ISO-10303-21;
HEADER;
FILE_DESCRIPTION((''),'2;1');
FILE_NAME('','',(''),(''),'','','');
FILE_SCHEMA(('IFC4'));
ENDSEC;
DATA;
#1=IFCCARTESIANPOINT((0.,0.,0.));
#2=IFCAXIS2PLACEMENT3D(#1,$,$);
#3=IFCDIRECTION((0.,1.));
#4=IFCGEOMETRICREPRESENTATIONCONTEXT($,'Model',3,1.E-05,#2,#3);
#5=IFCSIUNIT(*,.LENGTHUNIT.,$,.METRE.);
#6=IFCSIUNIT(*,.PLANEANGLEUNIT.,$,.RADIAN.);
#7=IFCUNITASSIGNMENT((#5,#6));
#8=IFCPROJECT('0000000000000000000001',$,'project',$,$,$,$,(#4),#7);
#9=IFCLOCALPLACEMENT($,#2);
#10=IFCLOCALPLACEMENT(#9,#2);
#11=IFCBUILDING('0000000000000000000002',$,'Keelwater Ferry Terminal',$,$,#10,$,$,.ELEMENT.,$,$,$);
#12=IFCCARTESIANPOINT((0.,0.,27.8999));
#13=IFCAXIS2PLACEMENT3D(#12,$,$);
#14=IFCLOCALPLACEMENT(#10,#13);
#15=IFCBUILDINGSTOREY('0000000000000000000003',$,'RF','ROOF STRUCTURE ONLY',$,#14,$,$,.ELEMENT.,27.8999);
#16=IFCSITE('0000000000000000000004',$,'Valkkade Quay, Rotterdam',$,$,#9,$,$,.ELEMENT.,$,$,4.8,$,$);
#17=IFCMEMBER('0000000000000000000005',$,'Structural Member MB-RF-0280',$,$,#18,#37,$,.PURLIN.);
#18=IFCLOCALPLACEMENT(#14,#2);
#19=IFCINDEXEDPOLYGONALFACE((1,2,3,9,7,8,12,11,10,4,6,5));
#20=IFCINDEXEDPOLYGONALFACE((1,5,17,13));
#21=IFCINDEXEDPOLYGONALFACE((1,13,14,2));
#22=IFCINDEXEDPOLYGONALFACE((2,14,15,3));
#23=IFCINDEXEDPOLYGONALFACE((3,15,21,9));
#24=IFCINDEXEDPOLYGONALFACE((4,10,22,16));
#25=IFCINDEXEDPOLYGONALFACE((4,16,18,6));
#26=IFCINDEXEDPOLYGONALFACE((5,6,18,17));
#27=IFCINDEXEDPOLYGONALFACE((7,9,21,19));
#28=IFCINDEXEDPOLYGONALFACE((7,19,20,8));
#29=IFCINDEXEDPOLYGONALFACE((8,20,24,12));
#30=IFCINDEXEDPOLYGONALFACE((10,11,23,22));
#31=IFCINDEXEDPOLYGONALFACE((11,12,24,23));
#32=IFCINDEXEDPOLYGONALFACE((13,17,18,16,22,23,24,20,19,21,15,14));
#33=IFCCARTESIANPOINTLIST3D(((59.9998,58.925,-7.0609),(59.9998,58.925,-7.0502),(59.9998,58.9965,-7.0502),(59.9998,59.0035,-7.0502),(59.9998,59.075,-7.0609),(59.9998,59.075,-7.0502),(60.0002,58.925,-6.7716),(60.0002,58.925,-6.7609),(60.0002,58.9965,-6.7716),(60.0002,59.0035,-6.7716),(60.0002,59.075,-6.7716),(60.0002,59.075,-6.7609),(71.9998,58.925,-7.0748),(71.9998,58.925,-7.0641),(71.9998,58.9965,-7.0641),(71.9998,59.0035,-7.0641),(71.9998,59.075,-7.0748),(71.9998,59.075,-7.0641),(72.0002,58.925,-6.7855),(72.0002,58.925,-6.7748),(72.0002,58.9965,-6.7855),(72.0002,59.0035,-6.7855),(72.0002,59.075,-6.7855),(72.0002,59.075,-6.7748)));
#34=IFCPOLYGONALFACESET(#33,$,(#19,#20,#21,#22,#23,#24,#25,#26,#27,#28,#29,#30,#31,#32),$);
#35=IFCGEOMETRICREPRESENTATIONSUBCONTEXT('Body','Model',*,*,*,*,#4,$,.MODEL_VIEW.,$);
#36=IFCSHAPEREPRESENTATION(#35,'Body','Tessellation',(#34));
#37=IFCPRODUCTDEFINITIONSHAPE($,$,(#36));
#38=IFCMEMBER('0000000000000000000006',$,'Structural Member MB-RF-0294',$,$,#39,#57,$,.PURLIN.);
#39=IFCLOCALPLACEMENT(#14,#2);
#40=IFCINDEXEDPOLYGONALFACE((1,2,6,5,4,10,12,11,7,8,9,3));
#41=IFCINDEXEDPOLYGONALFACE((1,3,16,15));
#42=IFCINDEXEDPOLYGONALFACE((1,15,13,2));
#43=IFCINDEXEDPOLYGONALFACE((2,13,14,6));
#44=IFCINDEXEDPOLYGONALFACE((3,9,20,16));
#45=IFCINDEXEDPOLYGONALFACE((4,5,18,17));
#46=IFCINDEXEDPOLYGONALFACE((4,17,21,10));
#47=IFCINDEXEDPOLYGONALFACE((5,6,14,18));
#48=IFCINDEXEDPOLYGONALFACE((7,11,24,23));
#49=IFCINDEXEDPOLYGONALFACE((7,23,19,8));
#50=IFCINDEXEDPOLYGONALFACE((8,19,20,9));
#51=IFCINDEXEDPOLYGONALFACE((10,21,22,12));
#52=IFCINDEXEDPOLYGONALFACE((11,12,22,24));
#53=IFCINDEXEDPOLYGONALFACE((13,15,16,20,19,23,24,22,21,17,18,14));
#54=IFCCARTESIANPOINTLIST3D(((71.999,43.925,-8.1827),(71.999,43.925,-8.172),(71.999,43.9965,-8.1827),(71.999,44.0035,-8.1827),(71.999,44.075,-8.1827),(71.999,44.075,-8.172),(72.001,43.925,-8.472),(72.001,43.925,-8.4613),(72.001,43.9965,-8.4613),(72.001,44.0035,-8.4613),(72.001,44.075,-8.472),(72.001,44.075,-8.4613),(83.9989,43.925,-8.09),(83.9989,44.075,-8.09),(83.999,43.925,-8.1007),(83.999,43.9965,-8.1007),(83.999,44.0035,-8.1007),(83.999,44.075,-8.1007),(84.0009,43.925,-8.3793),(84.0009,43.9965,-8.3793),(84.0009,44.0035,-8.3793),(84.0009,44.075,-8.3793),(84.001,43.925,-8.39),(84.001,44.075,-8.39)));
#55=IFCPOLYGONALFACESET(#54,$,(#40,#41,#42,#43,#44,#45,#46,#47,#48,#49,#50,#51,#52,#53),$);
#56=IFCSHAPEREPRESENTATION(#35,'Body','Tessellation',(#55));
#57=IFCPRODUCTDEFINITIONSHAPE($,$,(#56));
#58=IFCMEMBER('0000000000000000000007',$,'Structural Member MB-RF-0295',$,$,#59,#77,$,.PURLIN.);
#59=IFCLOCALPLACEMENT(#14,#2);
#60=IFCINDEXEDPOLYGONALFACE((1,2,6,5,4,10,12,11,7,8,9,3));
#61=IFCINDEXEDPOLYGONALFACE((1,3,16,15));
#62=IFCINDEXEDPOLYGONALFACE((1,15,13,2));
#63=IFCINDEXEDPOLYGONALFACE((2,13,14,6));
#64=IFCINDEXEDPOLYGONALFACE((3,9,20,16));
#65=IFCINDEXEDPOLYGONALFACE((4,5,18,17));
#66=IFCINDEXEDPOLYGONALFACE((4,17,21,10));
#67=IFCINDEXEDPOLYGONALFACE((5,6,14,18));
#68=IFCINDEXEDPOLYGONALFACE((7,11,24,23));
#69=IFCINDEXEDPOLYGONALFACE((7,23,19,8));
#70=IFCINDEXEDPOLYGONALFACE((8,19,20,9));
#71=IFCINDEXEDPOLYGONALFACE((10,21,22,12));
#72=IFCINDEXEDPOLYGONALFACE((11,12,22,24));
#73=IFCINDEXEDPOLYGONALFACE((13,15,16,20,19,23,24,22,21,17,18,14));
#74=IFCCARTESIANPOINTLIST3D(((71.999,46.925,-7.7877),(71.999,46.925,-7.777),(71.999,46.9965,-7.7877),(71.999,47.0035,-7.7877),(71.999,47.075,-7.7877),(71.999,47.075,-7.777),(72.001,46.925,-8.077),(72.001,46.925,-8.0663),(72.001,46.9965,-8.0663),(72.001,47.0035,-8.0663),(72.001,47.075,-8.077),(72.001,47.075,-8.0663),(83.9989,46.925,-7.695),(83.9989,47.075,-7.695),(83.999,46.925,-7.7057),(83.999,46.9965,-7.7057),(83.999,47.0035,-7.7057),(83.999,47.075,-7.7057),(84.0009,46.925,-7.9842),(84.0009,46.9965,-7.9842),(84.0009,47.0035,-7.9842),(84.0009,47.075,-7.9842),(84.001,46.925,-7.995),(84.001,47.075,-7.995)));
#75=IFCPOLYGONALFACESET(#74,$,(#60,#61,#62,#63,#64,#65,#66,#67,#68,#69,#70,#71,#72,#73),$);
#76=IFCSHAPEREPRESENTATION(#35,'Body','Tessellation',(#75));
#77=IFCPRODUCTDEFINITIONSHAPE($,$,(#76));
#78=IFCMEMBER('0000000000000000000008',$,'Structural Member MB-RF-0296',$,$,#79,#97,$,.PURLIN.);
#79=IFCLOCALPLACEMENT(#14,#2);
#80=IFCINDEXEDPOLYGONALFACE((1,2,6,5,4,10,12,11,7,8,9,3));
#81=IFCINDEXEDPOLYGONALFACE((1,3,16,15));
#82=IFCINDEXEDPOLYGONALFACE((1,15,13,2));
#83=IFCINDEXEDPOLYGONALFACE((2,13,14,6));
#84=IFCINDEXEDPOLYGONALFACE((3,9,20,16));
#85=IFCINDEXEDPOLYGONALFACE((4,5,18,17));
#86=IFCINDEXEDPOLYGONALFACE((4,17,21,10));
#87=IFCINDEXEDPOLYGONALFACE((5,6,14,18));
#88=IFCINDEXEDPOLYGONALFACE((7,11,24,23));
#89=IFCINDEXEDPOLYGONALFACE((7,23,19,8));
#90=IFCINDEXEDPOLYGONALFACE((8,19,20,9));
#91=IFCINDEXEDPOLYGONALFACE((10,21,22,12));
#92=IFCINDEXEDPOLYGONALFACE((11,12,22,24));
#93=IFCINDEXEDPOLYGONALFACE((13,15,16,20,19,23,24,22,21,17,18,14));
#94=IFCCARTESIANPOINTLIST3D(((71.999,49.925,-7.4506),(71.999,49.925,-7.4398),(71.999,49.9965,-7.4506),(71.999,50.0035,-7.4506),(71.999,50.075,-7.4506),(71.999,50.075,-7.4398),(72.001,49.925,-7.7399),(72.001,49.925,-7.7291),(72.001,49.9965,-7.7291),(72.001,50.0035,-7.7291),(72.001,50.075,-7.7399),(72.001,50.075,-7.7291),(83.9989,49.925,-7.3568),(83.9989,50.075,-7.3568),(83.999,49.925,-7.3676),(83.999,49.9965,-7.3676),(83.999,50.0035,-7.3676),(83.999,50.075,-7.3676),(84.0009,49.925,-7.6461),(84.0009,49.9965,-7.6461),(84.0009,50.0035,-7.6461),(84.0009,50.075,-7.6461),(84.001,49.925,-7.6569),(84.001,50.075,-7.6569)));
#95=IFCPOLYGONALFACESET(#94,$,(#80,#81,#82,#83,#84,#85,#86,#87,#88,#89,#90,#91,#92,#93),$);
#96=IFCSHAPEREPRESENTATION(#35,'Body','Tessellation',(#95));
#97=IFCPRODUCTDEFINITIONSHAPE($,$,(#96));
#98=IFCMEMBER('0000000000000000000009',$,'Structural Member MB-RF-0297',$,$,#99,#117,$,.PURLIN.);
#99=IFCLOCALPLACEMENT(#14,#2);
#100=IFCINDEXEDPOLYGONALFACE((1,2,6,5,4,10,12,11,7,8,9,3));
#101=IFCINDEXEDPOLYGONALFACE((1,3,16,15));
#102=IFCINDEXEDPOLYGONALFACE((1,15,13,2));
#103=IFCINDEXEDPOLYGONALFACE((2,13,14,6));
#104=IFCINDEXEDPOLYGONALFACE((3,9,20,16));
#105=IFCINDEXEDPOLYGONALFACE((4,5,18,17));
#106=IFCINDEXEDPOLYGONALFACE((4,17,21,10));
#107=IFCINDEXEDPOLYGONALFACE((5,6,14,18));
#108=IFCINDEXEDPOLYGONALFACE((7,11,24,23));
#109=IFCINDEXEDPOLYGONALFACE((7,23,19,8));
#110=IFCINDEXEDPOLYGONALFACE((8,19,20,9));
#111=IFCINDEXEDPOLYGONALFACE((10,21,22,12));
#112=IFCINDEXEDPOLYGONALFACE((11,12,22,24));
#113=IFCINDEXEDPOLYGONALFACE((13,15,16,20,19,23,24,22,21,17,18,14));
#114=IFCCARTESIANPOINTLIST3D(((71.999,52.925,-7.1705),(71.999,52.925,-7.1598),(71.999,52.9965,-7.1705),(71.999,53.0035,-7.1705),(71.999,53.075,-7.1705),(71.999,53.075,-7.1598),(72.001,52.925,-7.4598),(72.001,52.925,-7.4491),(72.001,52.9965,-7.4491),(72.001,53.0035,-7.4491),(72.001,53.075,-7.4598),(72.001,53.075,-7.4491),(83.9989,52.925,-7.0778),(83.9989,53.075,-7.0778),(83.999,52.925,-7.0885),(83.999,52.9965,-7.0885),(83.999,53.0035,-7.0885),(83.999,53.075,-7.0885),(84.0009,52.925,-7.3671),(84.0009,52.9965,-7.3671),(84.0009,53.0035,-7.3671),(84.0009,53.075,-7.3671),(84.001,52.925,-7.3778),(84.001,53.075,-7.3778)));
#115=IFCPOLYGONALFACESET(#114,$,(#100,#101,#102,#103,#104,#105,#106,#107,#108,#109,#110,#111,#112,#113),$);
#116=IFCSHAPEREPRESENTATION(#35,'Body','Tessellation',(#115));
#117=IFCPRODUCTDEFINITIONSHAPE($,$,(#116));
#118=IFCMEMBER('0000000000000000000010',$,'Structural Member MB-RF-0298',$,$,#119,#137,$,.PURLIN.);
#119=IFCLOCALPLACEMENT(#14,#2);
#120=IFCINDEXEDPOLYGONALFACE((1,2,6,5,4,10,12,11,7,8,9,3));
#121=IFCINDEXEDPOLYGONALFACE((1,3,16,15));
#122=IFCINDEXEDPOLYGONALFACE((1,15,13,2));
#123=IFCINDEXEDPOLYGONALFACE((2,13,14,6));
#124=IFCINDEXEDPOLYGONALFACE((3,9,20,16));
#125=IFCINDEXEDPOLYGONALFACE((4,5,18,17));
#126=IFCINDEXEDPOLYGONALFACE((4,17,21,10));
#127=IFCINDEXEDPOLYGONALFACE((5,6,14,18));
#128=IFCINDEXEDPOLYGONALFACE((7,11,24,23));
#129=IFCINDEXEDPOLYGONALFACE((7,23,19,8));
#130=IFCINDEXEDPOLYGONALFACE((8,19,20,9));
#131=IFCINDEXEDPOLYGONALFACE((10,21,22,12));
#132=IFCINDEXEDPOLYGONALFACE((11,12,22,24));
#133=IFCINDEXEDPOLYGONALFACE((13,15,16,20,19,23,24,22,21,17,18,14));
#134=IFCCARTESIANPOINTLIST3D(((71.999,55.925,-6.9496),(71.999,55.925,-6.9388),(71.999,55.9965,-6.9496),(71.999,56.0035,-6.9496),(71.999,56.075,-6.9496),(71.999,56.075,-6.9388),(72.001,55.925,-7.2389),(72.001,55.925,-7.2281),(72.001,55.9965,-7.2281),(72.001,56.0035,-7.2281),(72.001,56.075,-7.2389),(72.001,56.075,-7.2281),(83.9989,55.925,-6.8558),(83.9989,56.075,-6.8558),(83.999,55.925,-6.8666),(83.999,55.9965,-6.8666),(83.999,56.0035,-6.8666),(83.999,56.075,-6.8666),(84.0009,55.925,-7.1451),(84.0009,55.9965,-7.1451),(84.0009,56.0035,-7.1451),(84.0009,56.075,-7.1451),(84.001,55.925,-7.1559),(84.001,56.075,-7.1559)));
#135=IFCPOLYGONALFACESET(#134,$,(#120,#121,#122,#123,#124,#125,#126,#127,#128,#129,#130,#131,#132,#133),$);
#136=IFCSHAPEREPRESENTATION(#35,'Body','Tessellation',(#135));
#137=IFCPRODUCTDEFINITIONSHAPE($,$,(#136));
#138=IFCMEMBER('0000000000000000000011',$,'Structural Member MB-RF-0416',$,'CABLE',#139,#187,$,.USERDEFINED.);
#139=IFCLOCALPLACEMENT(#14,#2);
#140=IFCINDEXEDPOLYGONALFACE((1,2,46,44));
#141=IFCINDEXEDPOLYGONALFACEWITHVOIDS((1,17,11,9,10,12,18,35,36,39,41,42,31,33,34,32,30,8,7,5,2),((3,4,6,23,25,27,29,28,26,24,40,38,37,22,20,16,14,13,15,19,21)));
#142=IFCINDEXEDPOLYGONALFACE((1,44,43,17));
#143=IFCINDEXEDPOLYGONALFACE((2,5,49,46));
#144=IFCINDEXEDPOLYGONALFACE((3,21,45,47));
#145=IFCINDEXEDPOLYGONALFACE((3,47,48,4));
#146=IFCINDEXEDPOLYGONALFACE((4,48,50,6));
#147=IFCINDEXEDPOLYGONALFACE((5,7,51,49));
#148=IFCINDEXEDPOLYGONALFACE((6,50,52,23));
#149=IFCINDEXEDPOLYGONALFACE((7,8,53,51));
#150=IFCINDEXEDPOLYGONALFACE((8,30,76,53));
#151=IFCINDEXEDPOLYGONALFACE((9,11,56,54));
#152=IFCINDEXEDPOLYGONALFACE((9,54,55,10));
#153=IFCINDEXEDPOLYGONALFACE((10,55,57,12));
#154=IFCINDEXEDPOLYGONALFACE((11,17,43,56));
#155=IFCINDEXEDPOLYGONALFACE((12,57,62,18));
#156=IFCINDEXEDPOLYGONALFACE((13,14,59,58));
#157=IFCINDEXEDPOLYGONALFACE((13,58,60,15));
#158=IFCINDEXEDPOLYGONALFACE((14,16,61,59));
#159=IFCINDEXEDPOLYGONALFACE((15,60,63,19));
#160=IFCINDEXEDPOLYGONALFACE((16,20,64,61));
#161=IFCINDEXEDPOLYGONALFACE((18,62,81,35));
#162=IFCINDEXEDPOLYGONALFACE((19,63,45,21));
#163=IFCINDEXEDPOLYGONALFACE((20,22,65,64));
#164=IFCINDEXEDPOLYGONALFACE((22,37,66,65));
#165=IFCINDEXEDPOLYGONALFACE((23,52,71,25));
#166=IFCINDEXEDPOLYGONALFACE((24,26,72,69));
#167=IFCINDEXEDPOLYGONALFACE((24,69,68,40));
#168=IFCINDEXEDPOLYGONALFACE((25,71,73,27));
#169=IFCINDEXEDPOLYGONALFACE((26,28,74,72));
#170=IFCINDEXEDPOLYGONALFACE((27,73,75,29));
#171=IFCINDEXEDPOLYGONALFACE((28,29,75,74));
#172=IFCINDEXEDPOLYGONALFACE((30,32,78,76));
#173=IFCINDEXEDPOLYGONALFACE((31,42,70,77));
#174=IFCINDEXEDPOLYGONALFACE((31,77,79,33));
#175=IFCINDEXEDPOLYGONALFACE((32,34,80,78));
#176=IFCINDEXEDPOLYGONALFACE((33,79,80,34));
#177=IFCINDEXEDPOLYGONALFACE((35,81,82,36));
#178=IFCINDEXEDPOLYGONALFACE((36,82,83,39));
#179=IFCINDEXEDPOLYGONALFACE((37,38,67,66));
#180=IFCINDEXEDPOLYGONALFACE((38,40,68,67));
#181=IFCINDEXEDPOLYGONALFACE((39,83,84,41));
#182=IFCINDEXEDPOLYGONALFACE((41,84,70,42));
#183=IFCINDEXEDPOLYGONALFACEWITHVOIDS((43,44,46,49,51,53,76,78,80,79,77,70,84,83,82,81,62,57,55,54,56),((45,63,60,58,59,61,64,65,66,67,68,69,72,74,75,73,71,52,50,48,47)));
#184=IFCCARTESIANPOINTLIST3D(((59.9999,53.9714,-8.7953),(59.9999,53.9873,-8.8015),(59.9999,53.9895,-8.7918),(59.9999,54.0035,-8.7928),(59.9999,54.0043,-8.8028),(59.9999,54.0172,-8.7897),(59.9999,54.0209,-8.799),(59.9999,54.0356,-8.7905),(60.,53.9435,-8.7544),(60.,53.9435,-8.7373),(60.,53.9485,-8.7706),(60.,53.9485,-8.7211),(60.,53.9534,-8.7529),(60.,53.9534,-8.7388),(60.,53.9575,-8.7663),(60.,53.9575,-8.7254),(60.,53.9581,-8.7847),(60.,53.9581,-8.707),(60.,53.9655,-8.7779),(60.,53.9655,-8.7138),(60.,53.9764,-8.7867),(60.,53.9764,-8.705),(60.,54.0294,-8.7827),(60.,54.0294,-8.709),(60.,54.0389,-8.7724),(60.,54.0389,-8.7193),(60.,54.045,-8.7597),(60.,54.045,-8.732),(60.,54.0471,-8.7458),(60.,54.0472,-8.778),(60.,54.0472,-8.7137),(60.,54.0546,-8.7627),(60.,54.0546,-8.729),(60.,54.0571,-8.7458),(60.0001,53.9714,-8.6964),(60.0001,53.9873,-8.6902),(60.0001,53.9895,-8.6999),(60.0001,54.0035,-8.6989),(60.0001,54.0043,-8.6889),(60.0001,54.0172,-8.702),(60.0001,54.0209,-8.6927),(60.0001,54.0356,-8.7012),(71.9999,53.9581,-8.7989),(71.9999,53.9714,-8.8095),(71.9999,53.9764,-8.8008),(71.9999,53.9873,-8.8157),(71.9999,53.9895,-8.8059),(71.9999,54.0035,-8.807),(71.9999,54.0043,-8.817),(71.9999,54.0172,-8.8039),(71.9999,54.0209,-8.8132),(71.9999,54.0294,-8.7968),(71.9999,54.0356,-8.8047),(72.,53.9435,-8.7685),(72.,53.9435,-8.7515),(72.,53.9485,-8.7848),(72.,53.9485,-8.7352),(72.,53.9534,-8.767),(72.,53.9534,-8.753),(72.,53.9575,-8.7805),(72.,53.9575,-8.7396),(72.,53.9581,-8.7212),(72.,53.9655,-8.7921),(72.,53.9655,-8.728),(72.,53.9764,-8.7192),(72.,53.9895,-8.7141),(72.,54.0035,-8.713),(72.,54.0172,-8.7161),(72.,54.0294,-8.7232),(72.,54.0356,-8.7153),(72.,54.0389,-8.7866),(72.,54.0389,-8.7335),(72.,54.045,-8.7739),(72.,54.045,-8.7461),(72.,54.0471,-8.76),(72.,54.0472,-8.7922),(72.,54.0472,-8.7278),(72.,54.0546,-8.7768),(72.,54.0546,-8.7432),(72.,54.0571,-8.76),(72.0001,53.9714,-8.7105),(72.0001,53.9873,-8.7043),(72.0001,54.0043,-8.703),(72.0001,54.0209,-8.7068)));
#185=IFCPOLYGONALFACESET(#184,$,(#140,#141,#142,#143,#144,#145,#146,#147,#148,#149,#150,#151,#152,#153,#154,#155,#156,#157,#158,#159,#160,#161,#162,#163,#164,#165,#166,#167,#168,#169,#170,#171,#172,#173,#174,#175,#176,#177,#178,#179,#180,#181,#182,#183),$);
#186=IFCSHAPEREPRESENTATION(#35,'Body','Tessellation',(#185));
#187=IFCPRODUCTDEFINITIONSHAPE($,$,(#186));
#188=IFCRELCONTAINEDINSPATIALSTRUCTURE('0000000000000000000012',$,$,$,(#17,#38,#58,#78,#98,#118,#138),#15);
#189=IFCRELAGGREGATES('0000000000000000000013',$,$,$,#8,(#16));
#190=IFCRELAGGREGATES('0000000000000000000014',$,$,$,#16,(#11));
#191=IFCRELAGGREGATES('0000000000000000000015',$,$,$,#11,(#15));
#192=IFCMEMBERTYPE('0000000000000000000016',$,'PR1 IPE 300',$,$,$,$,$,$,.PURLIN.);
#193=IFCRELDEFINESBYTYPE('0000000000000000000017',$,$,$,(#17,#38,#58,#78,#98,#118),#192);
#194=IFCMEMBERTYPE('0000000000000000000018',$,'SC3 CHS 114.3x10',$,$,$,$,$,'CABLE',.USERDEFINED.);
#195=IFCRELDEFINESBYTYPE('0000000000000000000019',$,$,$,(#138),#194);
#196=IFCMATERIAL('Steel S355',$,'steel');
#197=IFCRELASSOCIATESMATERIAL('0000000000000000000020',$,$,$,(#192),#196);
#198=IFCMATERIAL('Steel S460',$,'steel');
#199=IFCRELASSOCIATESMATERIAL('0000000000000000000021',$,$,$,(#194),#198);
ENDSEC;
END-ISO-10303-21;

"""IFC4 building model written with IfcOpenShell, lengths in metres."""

from ifc_helpers import new_model, si_unit, direction, frame, origin, origin_2d, place, context, subcontext, project, spatial, hollow_circle, i_section, extrude, material, material_profile, profile_set, type_object, element, save


model = new_model("IFC4")

# Units and contexts
model_context = context("Model", 3, precision=1e-05, world=origin(), true_north=direction((0.0, 1.0)))
body_context = subcontext(model_context, "Body", "Model", "MODEL_VIEW")
ifc_project = project(units=[si_unit("LENGTHUNIT", "METRE"), si_unit("PLANEANGLEUNIT", "RADIAN")], contexts=[model_context])

# Site, building, storey
site_placement = place(None, origin())
site = spatial("IfcSite", under=ifc_project, at=site_placement, Name="Valkkade Quay, Rotterdam", CompositionType="ELEMENT", RefElevation=4.8)
building_placement = place(site_placement, origin())
building = spatial("IfcBuilding", under=site, at=building_placement, Name="Keelwater Ferry Terminal", CompositionType="ELEMENT")
storey_placement = place(building_placement, frame((0.0, 0.0, 27.8999)))
storey = spatial("IfcBuildingStorey", under=building, at=storey_placement, Name="RF", Description="ROOF STRUCTURE ONLY", CompositionType="ELEMENT", Elevation=27.8999)

# Members
ifc_material_1 = material(Name="Steel S355", Category="steel")
ifc_material_profile_1 = material_profile(ifc_material_1, i_section(OverallWidth=0.1499, OverallDepth=0.3, WebThickness=0.0071, FlangeThickness=0.0107, at=origin_2d()), Name="IPE 300")
ifc_profile_set_1 = profile_set([ifc_material_profile_1], Name="Steel S355")
member_type_1 = type_object("IfcMemberType", Name="PR1 IPE 300", PredefinedType="PURLIN", material=ifc_profile_set_1)
for number, where, z_axis, x_axis, name in (
    (1, (60.0, 59.0, -6.9109), (0.999999, 0.0, -0.00116), (0.0, 1.0, 0.0), "Structural Member MB-RF-0280"),
):
    element("IfcMember", number, at=place(storey_placement, frame(where, z_axis=z_axis, x_axis=x_axis)), inside=storey, type_object=member_type_1, Name=name, PredefinedType="PURLIN", context=body_context, shape_type="SweptSolid", body=[
        extrude(i_section(OverallWidth=0.1499, OverallDepth=0.3, WebThickness=0.0071, FlangeThickness=0.0107, at=origin_2d()), origin(), (0.0, 0.0, 1.0), 12.0),
    ])
for number, where, z_axis, x_axis, name in (
    (2, (72.0, 44.0, -8.322), (0.999977, 0.0, 0.006836), (0.0, 1.0, 0.0), "Structural Member MB-RF-0294"),
    (3, (72.0, 47.0, -7.927), (0.999977, 0.0, 0.006836), (0.0, 1.0, 0.0), "Structural Member MB-RF-0295"),
    (4, (72.0, 50.0, -7.5898), (0.999976, 0.0, 0.006917), (0.0, 1.0, 0.0), "Structural Member MB-RF-0296"),
    (5, (72.0, 53.0, -7.3098), (0.999977, 0.0, 0.006836), (0.0, 1.0, 0.0), "Structural Member MB-RF-0297"),
    (6, (72.0, 56.0, -7.0889), (0.999976, 0.0, 0.006917), (0.0, 1.0, 0.0), "Structural Member MB-RF-0298"),
):
    element("IfcMember", number, at=place(storey_placement, frame(where, z_axis=z_axis, x_axis=x_axis)), inside=storey, type_object=member_type_1, Name=name, PredefinedType="PURLIN", context=body_context, shape_type="SweptSolid", body=[
        extrude(i_section(OverallWidth=0.1499, OverallDepth=0.3, WebThickness=0.0071, FlangeThickness=0.0107, at=origin_2d()), origin(), (0.0, 0.0, 1.0), 12.0002),
    ])
ifc_material_2 = material(Name="Steel S460", Category="steel")
ifc_material_profile_2 = material_profile(ifc_material_2, hollow_circle(Radius=0.0571, WallThickness=0.01, at=origin_2d()), Name="CHS 114.3x10")
ifc_profile_set_2 = profile_set([ifc_material_profile_2], Name="Steel S460")
member_type_2 = type_object("IfcMemberType", Name="SC3 CHS 114.3x10", ElementType="CABLE", PredefinedType="USERDEFINED", material=ifc_profile_set_2)
member_1_placement = place(storey_placement, frame((60.0, 54.0, -8.7458), z_axis=(0.999999, 0.0, -0.00118), x_axis=(0.0, 1.0, 0.0)))
element("IfcMember", 7, at=member_1_placement, inside=storey, type_object=member_type_2, Name="Structural Member MB-RF-0416", ObjectType="CABLE", PredefinedType="USERDEFINED", context=body_context, shape_type="SweptSolid", body=[
    extrude(hollow_circle(Radius=0.0571, WallThickness=0.01, at=origin_2d()), origin(), (0.0, 0.0, 1.0), 12.0),
])

save(model, "model.ifc")
